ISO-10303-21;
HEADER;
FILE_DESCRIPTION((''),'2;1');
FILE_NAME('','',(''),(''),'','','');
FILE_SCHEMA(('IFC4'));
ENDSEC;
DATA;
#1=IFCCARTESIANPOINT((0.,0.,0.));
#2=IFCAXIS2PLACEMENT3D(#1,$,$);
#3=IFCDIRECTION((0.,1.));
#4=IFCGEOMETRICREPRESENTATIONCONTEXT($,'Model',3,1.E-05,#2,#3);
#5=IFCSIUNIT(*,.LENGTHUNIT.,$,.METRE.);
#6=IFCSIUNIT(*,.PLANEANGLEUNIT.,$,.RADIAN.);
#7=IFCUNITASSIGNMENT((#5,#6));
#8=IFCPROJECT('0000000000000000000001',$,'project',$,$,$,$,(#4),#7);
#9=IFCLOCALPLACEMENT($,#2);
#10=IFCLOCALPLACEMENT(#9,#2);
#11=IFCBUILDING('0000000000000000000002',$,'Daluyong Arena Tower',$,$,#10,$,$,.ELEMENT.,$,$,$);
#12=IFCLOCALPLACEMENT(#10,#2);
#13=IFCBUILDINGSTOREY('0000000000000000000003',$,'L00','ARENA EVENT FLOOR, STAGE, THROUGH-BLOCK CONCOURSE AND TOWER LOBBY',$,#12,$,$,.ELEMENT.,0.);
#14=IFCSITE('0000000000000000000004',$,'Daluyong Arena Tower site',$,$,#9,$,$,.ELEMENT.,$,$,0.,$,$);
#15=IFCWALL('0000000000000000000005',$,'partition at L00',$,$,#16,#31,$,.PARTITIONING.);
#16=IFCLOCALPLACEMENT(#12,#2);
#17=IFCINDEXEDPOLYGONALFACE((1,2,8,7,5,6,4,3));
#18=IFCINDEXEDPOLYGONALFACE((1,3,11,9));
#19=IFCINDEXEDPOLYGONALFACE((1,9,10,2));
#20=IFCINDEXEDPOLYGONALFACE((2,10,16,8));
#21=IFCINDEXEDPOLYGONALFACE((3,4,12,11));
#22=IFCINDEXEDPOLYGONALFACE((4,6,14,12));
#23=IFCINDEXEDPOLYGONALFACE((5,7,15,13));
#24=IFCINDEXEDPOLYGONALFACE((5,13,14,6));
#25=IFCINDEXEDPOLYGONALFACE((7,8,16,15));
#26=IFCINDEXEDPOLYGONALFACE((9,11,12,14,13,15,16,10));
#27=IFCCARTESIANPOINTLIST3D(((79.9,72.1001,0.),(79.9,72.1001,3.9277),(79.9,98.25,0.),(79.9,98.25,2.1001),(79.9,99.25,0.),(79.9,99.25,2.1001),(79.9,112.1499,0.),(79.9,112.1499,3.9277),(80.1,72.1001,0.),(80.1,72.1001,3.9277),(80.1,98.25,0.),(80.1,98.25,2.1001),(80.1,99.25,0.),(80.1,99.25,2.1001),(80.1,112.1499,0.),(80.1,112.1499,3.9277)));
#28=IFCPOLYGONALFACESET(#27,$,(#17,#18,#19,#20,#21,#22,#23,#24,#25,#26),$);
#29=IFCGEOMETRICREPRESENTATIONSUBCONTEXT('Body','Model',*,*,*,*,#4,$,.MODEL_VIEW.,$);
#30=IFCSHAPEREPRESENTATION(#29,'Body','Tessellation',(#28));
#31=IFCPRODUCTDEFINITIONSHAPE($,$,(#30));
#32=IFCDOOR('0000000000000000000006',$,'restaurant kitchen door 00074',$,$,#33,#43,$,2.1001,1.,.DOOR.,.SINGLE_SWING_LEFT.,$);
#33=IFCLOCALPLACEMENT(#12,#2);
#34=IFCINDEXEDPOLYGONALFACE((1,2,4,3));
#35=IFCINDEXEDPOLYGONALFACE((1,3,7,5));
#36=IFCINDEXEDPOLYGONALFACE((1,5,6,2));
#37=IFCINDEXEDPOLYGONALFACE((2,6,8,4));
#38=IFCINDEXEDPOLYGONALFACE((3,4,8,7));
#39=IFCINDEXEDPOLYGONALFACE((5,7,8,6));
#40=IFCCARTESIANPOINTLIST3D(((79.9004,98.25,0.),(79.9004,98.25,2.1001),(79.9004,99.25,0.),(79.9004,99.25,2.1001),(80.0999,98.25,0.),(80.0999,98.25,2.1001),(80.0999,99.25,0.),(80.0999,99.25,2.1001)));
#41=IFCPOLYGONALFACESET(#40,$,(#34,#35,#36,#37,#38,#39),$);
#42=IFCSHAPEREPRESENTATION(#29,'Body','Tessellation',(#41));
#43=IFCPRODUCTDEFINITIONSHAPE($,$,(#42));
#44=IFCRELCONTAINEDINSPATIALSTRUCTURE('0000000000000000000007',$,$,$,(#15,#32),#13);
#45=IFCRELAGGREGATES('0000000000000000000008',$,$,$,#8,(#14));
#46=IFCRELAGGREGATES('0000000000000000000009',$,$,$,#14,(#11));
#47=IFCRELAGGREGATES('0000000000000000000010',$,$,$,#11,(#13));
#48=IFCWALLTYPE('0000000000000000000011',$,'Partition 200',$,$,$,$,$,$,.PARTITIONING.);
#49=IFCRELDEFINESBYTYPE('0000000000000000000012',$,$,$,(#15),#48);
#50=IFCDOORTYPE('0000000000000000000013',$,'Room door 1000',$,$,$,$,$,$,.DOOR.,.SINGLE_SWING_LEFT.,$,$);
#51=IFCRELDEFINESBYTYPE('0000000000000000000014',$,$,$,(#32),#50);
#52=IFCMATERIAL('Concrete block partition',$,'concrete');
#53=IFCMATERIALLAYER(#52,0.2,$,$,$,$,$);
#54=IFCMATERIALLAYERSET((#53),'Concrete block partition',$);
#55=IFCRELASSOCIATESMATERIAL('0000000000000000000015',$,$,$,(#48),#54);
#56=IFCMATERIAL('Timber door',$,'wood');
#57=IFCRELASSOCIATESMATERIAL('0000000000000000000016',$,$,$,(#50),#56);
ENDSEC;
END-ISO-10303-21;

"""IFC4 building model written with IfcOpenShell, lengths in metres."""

from ifc_helpers import new_model, si_unit, direction, frame, frame_2d, origin, place, context, subcontext, project, spatial, rectangle, extrude, material, layer, layer_set, type_object, element, fill, save


model = new_model("IFC4")

# Units and contexts
model_context = context("Model", 3, precision=1e-05, world=origin(), true_north=direction((0.0, 1.0)))
body_context = subcontext(model_context, "Body", "Model", "MODEL_VIEW")
ifc_project = project(units=[si_unit("LENGTHUNIT", "METRE"), si_unit("PLANEANGLEUNIT", "RADIAN")], contexts=[model_context])

# Site, building, storey
site_placement = place(None, origin())
site = spatial("IfcSite", under=ifc_project, at=site_placement, Name="Daluyong Arena Tower site", CompositionType="ELEMENT", RefElevation=0.0)
building_placement = place(site_placement, origin())
building = spatial("IfcBuilding", under=site, at=building_placement, Name="Daluyong Arena Tower", CompositionType="ELEMENT")
storey_placement = place(building_placement, origin())
storey = spatial("IfcBuildingStorey", under=building, at=storey_placement, Name="L00", Description="ARENA EVENT FLOOR, STAGE, THROUGH-BLOCK CONCOURSE AND TOWER LOBBY", CompositionType="ELEMENT", Elevation=0.0)

# Wall, opening, door
ifc_material_1 = material(Name="Concrete block partition", Category="concrete")
ifc_layer_1 = layer(ifc_material_1, 0.2)
ifc_layer_set_1 = layer_set([ifc_layer_1], Name="Concrete block partition")
wall_type = type_object("IfcWallType", Name="Partition 200", PredefinedType="PARTITIONING", material=ifc_layer_set_1)
wall_placement = place(storey_placement, frame((80.0, 72.1001, 0.0), z_axis=(0.0, 0.0, 1.0), x_axis=(0.0, 1.0, 0.0)))
wall = element("IfcWall", 1, at=wall_placement, inside=storey, type_object=wall_type, Name="partition at L00", PredefinedType="PARTITIONING", context=body_context, shape_type="SweptSolid", body=[
    extrude(rectangle(XDim=40.0498, YDim=0.2, at=frame_2d((20.0249, 0.0))), origin(), (0.0, 0.0, 1.0), 3.9277),
])
opening_placement = place(wall_placement, frame((26.1499, 0.0, 0.0)))
opening = element("IfcOpeningElement", 2, at=opening_placement, cuts=wall, PredefinedType="OPENING", context=body_context, shape_type="SweptSolid", body=[
    extrude(rectangle(XDim=1.0, YDim=2.1001, at=frame_2d((0.5, 1.05))), frame((0.0, 0.1099, 0.0), z_axis=(0.0, -1.0, 0.0), x_axis=(1.0, 0.0, 0.0)), (0.0, 0.0, 1.0), 0.22),
])
ifc_material_2 = material(Name="Timber door", Category="wood")
door_type = type_object("IfcDoorType", Name="Room door 1000", OperationType="SINGLE_SWING_LEFT", PredefinedType="DOOR", material=ifc_material_2)
door_placement = place(opening_placement, origin())
door = element("IfcDoor", 3, at=door_placement, inside=storey, type_object=door_type, Name="restaurant kitchen door 00074", OperationType="SINGLE_SWING_LEFT", OverallHeight=2.1001, OverallWidth=1.0, PredefinedType="DOOR", context=body_context, shape_type="SweptSolid", body=[
    extrude(rectangle(XDim=1.0, YDim=2.1001, at=frame_2d((0.5, 1.05))), frame((0.0, 0.0996, 0.0), z_axis=(0.0, -1.0, 0.0), x_axis=(1.0, 0.0, 0.0)), (0.0, 0.0, 1.0), 0.1995),
])
fill(opening, door)

save(model, "model.ifc")
